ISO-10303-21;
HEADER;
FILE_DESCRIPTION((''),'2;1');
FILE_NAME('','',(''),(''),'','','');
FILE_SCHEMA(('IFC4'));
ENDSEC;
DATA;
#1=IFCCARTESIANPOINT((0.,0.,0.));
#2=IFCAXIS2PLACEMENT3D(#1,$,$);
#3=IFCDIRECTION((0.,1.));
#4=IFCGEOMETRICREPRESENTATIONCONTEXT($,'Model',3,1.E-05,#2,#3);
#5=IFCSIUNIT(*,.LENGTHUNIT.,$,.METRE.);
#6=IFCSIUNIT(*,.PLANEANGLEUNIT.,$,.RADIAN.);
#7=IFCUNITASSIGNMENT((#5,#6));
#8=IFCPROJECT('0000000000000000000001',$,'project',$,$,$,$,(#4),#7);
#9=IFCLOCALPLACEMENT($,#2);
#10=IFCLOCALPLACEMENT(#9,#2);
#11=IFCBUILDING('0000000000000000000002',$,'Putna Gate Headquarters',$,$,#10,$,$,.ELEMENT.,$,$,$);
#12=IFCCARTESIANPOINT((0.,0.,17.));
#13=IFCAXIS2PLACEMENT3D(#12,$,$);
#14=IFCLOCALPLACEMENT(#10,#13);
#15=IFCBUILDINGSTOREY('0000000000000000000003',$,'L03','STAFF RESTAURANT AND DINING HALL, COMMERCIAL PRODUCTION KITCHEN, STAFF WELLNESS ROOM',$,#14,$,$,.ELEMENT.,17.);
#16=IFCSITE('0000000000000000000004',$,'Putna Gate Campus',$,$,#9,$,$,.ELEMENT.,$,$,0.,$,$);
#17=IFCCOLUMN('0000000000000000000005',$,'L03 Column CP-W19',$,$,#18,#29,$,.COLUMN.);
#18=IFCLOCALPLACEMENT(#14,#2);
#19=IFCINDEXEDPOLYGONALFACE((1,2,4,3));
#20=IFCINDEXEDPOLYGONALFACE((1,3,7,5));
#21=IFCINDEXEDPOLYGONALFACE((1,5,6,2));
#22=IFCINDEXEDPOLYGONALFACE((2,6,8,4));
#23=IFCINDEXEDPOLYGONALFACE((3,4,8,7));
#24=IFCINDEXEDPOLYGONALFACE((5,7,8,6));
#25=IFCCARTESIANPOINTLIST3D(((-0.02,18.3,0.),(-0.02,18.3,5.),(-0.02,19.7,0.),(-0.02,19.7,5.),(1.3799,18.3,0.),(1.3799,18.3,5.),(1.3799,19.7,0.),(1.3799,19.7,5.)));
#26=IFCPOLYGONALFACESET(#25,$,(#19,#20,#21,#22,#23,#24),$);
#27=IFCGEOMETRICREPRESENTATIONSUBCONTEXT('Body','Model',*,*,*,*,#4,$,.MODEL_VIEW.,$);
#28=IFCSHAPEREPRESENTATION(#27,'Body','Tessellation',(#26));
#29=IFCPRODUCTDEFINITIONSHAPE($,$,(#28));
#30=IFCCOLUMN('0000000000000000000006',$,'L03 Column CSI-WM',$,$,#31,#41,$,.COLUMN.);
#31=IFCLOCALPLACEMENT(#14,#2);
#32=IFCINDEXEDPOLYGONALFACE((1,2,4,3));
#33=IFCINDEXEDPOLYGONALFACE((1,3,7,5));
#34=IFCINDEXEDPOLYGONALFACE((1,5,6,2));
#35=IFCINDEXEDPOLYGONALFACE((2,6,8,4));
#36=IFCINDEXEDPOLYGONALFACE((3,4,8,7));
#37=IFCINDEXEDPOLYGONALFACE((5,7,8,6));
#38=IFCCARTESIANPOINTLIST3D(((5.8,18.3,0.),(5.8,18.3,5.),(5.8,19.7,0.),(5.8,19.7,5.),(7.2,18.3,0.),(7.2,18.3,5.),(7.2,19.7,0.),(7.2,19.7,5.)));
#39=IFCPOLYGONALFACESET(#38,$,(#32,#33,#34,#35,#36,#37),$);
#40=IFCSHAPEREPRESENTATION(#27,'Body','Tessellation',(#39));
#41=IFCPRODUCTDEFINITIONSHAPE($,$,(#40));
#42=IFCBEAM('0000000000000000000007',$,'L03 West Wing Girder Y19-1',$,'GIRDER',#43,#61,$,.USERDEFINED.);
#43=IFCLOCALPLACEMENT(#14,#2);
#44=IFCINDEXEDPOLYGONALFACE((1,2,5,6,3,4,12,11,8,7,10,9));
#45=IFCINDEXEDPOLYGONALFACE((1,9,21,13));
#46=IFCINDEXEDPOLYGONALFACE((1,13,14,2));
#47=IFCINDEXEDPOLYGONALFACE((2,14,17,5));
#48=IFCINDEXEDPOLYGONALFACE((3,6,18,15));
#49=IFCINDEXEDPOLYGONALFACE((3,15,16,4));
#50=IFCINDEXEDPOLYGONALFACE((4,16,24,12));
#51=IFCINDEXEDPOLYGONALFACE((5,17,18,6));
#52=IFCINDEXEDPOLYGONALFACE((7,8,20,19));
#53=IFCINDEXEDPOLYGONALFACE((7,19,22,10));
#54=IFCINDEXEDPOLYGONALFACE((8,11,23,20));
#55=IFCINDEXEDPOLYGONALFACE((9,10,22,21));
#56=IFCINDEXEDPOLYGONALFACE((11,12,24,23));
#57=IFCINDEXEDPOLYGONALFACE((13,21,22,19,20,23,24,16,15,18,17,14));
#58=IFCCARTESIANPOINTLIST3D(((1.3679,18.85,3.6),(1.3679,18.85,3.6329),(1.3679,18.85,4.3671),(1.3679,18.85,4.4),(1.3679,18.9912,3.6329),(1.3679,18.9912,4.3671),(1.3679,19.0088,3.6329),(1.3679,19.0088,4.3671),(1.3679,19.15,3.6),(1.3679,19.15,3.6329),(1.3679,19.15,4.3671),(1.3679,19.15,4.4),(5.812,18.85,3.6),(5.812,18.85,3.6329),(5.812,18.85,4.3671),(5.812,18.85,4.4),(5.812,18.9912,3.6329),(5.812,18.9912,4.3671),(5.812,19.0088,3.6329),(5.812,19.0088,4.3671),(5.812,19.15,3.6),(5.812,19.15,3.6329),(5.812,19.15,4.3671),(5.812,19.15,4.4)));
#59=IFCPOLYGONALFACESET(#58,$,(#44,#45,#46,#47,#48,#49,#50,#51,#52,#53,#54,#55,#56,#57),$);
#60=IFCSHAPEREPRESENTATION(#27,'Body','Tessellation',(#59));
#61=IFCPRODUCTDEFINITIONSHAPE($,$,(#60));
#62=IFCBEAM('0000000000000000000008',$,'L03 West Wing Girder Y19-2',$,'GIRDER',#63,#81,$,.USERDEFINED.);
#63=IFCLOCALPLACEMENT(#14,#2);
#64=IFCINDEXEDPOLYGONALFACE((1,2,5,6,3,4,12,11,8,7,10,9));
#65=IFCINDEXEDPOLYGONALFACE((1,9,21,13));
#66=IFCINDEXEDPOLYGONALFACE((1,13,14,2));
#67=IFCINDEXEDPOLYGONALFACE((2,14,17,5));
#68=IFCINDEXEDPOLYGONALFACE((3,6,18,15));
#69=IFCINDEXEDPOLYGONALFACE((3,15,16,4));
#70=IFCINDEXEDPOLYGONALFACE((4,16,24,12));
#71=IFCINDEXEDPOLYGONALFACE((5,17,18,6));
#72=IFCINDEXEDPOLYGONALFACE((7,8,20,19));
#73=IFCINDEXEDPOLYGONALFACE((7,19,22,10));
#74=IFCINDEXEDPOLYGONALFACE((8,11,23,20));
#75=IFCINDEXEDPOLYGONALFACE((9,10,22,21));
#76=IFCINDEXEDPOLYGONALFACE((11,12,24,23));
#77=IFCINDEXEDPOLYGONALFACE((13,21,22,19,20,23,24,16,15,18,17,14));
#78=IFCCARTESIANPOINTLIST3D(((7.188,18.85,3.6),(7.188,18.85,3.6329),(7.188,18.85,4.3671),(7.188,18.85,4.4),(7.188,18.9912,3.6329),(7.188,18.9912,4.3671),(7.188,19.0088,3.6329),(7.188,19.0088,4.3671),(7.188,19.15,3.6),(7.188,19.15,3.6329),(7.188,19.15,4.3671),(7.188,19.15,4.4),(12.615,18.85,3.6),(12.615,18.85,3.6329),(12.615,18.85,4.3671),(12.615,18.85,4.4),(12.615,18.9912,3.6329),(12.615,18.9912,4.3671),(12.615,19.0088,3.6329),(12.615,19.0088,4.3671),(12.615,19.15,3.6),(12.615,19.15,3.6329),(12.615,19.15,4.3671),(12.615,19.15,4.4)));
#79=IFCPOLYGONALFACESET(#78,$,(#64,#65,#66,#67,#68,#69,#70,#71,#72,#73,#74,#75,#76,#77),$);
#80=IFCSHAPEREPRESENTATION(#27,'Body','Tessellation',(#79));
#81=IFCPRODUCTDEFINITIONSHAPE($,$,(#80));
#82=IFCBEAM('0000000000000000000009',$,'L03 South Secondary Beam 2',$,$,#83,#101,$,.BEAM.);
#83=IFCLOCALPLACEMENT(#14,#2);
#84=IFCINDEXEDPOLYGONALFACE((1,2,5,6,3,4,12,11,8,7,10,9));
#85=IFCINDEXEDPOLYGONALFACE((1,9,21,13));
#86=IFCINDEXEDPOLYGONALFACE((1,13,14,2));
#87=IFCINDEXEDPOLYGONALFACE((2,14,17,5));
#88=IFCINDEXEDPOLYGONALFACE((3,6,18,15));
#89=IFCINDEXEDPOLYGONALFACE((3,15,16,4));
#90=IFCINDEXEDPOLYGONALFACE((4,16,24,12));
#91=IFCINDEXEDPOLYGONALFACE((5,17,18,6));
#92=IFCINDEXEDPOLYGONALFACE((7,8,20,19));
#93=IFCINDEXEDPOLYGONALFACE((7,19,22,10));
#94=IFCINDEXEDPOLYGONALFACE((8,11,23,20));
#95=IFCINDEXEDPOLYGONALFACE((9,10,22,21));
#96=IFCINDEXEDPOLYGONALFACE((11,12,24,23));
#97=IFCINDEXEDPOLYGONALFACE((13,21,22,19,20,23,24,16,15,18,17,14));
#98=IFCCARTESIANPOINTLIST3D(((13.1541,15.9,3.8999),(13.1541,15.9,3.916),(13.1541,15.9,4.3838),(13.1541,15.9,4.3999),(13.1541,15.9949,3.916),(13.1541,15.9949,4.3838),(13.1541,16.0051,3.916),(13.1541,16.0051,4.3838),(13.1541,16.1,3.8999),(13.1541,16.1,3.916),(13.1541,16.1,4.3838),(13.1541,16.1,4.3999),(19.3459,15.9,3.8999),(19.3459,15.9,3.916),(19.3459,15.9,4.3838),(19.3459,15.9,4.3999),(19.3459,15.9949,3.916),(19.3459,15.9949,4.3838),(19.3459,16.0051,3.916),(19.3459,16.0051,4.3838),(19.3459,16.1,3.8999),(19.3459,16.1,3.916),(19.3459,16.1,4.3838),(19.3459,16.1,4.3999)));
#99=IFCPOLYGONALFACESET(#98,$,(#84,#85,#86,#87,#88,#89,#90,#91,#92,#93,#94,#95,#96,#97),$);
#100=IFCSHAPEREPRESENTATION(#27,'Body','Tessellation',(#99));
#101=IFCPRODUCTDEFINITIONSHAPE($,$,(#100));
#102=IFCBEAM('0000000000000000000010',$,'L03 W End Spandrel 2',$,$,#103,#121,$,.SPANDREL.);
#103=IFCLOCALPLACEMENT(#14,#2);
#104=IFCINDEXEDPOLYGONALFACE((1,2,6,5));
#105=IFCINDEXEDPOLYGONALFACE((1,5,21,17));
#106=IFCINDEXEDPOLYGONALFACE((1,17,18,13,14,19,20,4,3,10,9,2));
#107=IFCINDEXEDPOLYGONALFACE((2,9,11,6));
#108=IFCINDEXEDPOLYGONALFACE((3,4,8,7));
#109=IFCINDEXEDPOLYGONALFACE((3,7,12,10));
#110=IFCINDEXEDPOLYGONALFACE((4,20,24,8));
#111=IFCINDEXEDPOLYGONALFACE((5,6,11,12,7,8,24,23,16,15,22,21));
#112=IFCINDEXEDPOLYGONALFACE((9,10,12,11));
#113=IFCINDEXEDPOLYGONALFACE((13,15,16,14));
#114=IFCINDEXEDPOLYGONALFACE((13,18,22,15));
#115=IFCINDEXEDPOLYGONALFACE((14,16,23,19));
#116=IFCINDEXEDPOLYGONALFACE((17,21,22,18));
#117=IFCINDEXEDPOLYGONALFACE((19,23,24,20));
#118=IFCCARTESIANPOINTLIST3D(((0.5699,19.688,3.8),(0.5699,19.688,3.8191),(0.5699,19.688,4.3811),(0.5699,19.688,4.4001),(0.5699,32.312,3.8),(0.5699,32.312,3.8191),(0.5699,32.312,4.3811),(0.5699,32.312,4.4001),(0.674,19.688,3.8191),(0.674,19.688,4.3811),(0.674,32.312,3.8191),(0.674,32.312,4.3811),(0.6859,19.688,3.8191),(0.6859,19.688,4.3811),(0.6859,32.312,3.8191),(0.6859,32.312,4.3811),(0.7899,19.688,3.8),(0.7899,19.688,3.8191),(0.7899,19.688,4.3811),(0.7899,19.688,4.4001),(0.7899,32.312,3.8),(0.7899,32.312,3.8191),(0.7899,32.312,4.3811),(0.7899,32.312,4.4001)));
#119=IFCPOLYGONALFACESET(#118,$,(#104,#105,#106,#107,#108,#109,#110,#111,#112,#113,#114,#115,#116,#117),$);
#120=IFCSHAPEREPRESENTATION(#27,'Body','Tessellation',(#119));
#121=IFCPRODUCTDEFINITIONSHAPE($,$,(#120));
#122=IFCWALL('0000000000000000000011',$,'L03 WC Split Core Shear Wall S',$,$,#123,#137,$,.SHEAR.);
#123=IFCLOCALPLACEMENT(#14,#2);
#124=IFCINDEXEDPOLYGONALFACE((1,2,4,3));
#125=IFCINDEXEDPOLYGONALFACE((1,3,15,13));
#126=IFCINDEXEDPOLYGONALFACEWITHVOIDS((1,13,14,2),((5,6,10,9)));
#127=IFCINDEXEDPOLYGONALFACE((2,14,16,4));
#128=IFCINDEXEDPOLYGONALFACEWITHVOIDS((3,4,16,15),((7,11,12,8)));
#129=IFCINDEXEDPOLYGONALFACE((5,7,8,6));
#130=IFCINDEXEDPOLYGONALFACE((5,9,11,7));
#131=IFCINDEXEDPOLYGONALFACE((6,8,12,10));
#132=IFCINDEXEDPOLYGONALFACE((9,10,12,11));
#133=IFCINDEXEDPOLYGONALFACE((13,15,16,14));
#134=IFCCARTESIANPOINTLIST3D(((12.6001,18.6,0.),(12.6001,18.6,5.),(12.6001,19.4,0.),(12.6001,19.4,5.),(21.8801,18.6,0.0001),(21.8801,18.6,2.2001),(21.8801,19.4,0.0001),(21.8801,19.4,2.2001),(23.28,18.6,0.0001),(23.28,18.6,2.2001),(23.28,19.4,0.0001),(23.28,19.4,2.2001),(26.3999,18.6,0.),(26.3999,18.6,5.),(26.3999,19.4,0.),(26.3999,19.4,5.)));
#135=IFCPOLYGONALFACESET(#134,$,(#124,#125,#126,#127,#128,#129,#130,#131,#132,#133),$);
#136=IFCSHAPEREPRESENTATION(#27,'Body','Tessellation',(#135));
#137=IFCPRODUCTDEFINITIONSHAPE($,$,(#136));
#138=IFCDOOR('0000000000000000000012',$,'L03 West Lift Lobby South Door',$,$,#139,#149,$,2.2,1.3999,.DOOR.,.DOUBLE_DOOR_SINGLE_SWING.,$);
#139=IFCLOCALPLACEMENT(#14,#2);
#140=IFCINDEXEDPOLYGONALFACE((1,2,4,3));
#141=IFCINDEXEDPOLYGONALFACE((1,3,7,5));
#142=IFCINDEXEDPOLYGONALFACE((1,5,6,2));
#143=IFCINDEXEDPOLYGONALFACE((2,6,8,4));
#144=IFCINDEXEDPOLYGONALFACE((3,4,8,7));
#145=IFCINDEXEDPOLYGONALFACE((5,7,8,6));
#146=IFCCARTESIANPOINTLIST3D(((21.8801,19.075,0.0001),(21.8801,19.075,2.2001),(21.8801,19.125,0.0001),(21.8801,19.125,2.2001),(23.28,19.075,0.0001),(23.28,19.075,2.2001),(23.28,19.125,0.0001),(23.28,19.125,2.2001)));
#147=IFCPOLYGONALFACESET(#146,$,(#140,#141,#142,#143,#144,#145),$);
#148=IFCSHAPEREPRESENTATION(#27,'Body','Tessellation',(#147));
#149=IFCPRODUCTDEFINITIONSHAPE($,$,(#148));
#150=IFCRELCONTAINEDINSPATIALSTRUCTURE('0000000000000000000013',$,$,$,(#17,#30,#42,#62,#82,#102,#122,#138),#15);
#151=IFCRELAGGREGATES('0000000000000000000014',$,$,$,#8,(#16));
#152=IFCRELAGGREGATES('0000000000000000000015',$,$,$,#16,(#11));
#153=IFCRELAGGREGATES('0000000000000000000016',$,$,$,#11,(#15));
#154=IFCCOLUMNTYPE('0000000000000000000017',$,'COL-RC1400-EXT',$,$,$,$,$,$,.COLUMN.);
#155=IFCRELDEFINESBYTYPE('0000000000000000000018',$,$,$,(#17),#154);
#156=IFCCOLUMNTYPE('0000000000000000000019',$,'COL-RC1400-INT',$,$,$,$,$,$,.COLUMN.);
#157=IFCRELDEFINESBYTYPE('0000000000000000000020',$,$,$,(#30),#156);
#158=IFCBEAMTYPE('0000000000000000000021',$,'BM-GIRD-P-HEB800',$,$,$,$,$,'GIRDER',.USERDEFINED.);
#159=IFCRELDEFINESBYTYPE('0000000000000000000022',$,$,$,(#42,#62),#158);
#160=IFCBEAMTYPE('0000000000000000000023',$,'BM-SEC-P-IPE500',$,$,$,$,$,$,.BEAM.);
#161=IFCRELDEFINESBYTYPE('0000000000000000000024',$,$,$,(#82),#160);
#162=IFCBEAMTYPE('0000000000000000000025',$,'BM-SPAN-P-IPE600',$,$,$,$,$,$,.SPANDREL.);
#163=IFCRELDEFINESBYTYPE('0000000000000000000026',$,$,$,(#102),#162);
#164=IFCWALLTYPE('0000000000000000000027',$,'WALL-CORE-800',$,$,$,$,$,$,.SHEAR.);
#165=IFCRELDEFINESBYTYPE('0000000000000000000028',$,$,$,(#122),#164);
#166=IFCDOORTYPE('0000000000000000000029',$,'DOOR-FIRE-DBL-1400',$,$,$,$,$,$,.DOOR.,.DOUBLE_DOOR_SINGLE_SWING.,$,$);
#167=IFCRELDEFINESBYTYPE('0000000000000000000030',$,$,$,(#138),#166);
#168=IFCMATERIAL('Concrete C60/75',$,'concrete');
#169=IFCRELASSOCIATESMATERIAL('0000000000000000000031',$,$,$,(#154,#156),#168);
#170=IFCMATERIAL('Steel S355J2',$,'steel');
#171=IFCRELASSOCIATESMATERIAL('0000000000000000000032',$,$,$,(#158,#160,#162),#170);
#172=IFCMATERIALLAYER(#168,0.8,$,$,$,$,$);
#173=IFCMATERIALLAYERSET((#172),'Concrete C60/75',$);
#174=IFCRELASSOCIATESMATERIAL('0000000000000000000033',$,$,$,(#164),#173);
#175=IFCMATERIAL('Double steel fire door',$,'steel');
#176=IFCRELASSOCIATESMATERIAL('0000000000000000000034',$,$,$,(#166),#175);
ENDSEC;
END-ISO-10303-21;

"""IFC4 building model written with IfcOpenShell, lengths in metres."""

from ifc_helpers import new_model, si_unit, direction, frame, frame_2d, origin, origin_2d, place, context, subcontext, project, spatial, rectangle, i_section, extrude, material, layer, layer_set, material_profile, profile_set, type_object, element, fill, save


model = new_model("IFC4")

# Units and contexts
model_context = context("Model", 3, precision=1e-05, world=origin(), true_north=direction((0.0, 1.0)))
body_context = subcontext(model_context, "Body", "Model", "MODEL_VIEW")
ifc_project = project(units=[si_unit("LENGTHUNIT", "METRE"), si_unit("PLANEANGLEUNIT", "RADIAN")], contexts=[model_context])

# Site, building, storey
site_placement = place(None, origin())
site = spatial("IfcSite", under=ifc_project, at=site_placement, Name="Putna Gate Campus", CompositionType="ELEMENT", RefElevation=0.0)
building_placement = place(site_placement, origin())
building = spatial("IfcBuilding", under=site, at=building_placement, Name="Putna Gate Headquarters", CompositionType="ELEMENT")
storey_placement = place(building_placement, frame((0.0, 0.0, 17.0)))
storey = spatial("IfcBuildingStorey", under=building, at=storey_placement, Name="L03", Description="STAFF RESTAURANT AND DINING HALL, COMMERCIAL PRODUCTION KITCHEN, STAFF WELLNESS ROOM", CompositionType="ELEMENT", Elevation=17.0)

# Columns
ifc_material_1 = material(Name="Concrete C60/75", Category="concrete")
ifc_material_profile_1 = material_profile(ifc_material_1, rectangle(XDim=1.3999, YDim=1.3999, at=origin_2d()), Name="Concrete C60/75")
ifc_profile_set_1 = profile_set([ifc_material_profile_1], Name="Concrete C60/75")
column_type_1 = type_object("IfcColumnType", Name="COL-RC1400-EXT", PredefinedType="COLUMN", material=ifc_profile_set_1)
column_1_placement = place(storey_placement, frame((0.6799, 19.0, 0.0), z_axis=(0.0, 0.0, 1.0), x_axis=(1.0, 0.0, 0.0)))
element("IfcColumn", 1, at=column_1_placement, inside=storey, type_object=column_type_1, Name="L03 Column CP-W19", PredefinedType="COLUMN", context=body_context, shape_type="SweptSolid", body=[
    extrude(rectangle(XDim=1.3999, YDim=1.3999, at=origin_2d()), origin(), (0.0, 0.0, 1.0), 5.0),
])
ifc_material_profile_2 = material_profile(ifc_material_1, rectangle(XDim=1.3999, YDim=1.3999, at=origin_2d()), Name="Concrete C60/75")
ifc_profile_set_2 = profile_set([ifc_material_profile_2], Name="Concrete C60/75")
column_type_2 = type_object("IfcColumnType", Name="COL-RC1400-INT", PredefinedType="COLUMN", material=ifc_profile_set_2)
column_2_placement = place(storey_placement, frame((6.5, 19.0, 0.0), z_axis=(0.0, 0.0, 1.0), x_axis=(1.0, 0.0, 0.0)))
element("IfcColumn", 2, at=column_2_placement, inside=storey, type_object=column_type_2, Name="L03 Column CSI-WM", PredefinedType="COLUMN", context=body_context, shape_type="SweptSolid", body=[
    extrude(rectangle(XDim=1.3999, YDim=1.3999, at=origin_2d()), origin(), (0.0, 0.0, 1.0), 5.0),
])

# Beams
ifc_material_2 = material(Name="Steel S355J2", Category="steel")
ifc_material_profile_3 = material_profile(ifc_material_2, i_section(OverallWidth=0.3, OverallDepth=0.8, WebThickness=0.0176, FlangeThickness=0.033, at=origin_2d()), Name="Steel S355J2")
ifc_profile_set_3 = profile_set([ifc_material_profile_3], Name="Steel S355J2")
beam_type_1 = type_object("IfcBeamType", Name="BM-GIRD-P-HEB800", ElementType="GIRDER", PredefinedType="USERDEFINED", material=ifc_profile_set_3)
beam_1_placement = place(storey_placement, frame((1.3679, 19.0, 4.0), z_axis=(1.0, 0.0, 0.0), x_axis=(0.0, 1.0, 0.0)))
element("IfcBeam", 3, at=beam_1_placement, inside=storey, type_object=beam_type_1, Name="L03 West Wing Girder Y19-1", ObjectType="GIRDER", PredefinedType="USERDEFINED", context=body_context, shape_type="SweptSolid", body=[
    extrude(i_section(OverallWidth=0.3, OverallDepth=0.8, WebThickness=0.0176, FlangeThickness=0.033, at=origin_2d()), origin(), (0.0, 0.0, 1.0), 4.4441),
])
beam_2_placement = place(storey_placement, frame((7.188, 19.0, 4.0), z_axis=(1.0, 0.0, 0.0), x_axis=(0.0, 1.0, 0.0)))
element("IfcBeam", 4, at=beam_2_placement, inside=storey, type_object=beam_type_1, Name="L03 West Wing Girder Y19-2", ObjectType="GIRDER", PredefinedType="USERDEFINED", context=body_context, shape_type="SweptSolid", body=[
    extrude(i_section(OverallWidth=0.3, OverallDepth=0.8, WebThickness=0.0176, FlangeThickness=0.033, at=origin_2d()), origin(), (0.0, 0.0, 1.0), 5.427),
])
ifc_material_profile_4 = material_profile(ifc_material_2, i_section(OverallWidth=0.2, OverallDepth=0.5, WebThickness=0.0103, FlangeThickness=0.0161, at=origin_2d()), Name="Steel S355J2")
ifc_profile_set_4 = profile_set([ifc_material_profile_4], Name="Steel S355J2")
beam_type_2 = type_object("IfcBeamType", Name="BM-SEC-P-IPE500", PredefinedType="BEAM", material=ifc_profile_set_4)
beam_3_placement = place(storey_placement, frame((13.1541, 16.0, 4.1499), z_axis=(1.0, 0.0, 0.0), x_axis=(0.0, 1.0, 0.0)))
element("IfcBeam", 5, at=beam_3_placement, inside=storey, type_object=beam_type_2, Name="L03 South Secondary Beam 2", PredefinedType="BEAM", context=body_context, shape_type="SweptSolid", body=[
    extrude(i_section(OverallWidth=0.2, OverallDepth=0.5, WebThickness=0.0103, FlangeThickness=0.0161, at=origin_2d()), origin(), (0.0, 0.0, 1.0), 6.1919),
])
ifc_material_profile_5 = material_profile(ifc_material_2, i_section(OverallWidth=0.22, OverallDepth=0.6001, WebThickness=0.012, FlangeThickness=0.019, at=origin_2d()), Name="Steel S355J2")
ifc_profile_set_5 = profile_set([ifc_material_profile_5], Name="Steel S355J2")
beam_type_3 = type_object("IfcBeamType", Name="BM-SPAN-P-IPE600", PredefinedType="SPANDREL", material=ifc_profile_set_5)
beam_4_placement = place(storey_placement, frame((0.6799, 19.688, 4.1001), z_axis=(0.0, 1.0, 0.0), x_axis=(-1.0, 0.0, 0.0)))
element("IfcBeam", 6, at=beam_4_placement, inside=storey, type_object=beam_type_3, Name="L03 W End Spandrel 2", PredefinedType="SPANDREL", context=body_context, shape_type="SweptSolid", body=[
    extrude(i_section(OverallWidth=0.22, OverallDepth=0.6001, WebThickness=0.012, FlangeThickness=0.019, at=origin_2d()), origin(), (0.0, 0.0, 1.0), 12.624),
])

# Wall, opening, door
ifc_layer_1 = layer(ifc_material_1, 0.8)
ifc_layer_set_1 = layer_set([ifc_layer_1], Name="Concrete C60/75")
wall_type_1 = type_object("IfcWallType", Name="WALL-CORE-800", PredefinedType="SHEAR", material=ifc_layer_set_1)
wall_1_placement = place(storey_placement, frame((12.6001, 19.0, 0.0), z_axis=(0.0, 0.0, 1.0), x_axis=(1.0, 0.0, 0.0)))
wall_1 = element("IfcWall", 7, at=wall_1_placement, inside=storey, type_object=wall_type_1, Name="L03 WC Split Core Shear Wall S", PredefinedType="SHEAR", context=body_context, shape_type="SweptSolid", body=[
    extrude(rectangle(XDim=13.7998, YDim=0.8, at=frame_2d((6.8999, 0.0))), origin(), (0.0, 0.0, 1.0), 5.0),
])
opening_1_placement = place(wall_1_placement, frame((9.28, 0.0, 0.0)))
opening_1 = element("IfcOpeningElement", 8, at=opening_1_placement, cuts=wall_1, PredefinedType="OPENING", context=body_context, shape_type="SweptSolid", body=[
    extrude(rectangle(XDim=1.3999, YDim=2.2, at=frame_2d((0.7, 1.1001))), frame((0.0, 0.4099, 0.0), z_axis=(0.0, -1.0, 0.0), x_axis=(1.0, 0.0, 0.0)), (0.0, 0.0, 1.0), 0.8201),
])
ifc_material_3 = material(Name="Double steel fire door", Category="steel")
door_type_1 = type_object("IfcDoorType", Name="DOOR-FIRE-DBL-1400", OperationType="DOUBLE_DOOR_SINGLE_SWING", PredefinedType="DOOR", material=ifc_material_3)
door_1_placement = place(opening_1_placement, origin())
door_1 = element("IfcDoor", 9, at=door_1_placement, inside=storey, type_object=door_type_1, Name="L03 West Lift Lobby South Door", OperationType="DOUBLE_DOOR_SINGLE_SWING", OverallHeight=2.2, OverallWidth=1.3999, PredefinedType="DOOR", context=body_context, shape_type="SweptSolid", body=[
    extrude(rectangle(XDim=1.3999, YDim=2.2, at=frame_2d((0.7, 1.1001))), frame((0.0, 0.125, 0.0), z_axis=(0.0, -1.0, 0.0), x_axis=(1.0, 0.0, 0.0)), (0.0, 0.0, 1.0), 0.05),
])
fill(opening_1, door_1)

save(model, "model.ifc")
